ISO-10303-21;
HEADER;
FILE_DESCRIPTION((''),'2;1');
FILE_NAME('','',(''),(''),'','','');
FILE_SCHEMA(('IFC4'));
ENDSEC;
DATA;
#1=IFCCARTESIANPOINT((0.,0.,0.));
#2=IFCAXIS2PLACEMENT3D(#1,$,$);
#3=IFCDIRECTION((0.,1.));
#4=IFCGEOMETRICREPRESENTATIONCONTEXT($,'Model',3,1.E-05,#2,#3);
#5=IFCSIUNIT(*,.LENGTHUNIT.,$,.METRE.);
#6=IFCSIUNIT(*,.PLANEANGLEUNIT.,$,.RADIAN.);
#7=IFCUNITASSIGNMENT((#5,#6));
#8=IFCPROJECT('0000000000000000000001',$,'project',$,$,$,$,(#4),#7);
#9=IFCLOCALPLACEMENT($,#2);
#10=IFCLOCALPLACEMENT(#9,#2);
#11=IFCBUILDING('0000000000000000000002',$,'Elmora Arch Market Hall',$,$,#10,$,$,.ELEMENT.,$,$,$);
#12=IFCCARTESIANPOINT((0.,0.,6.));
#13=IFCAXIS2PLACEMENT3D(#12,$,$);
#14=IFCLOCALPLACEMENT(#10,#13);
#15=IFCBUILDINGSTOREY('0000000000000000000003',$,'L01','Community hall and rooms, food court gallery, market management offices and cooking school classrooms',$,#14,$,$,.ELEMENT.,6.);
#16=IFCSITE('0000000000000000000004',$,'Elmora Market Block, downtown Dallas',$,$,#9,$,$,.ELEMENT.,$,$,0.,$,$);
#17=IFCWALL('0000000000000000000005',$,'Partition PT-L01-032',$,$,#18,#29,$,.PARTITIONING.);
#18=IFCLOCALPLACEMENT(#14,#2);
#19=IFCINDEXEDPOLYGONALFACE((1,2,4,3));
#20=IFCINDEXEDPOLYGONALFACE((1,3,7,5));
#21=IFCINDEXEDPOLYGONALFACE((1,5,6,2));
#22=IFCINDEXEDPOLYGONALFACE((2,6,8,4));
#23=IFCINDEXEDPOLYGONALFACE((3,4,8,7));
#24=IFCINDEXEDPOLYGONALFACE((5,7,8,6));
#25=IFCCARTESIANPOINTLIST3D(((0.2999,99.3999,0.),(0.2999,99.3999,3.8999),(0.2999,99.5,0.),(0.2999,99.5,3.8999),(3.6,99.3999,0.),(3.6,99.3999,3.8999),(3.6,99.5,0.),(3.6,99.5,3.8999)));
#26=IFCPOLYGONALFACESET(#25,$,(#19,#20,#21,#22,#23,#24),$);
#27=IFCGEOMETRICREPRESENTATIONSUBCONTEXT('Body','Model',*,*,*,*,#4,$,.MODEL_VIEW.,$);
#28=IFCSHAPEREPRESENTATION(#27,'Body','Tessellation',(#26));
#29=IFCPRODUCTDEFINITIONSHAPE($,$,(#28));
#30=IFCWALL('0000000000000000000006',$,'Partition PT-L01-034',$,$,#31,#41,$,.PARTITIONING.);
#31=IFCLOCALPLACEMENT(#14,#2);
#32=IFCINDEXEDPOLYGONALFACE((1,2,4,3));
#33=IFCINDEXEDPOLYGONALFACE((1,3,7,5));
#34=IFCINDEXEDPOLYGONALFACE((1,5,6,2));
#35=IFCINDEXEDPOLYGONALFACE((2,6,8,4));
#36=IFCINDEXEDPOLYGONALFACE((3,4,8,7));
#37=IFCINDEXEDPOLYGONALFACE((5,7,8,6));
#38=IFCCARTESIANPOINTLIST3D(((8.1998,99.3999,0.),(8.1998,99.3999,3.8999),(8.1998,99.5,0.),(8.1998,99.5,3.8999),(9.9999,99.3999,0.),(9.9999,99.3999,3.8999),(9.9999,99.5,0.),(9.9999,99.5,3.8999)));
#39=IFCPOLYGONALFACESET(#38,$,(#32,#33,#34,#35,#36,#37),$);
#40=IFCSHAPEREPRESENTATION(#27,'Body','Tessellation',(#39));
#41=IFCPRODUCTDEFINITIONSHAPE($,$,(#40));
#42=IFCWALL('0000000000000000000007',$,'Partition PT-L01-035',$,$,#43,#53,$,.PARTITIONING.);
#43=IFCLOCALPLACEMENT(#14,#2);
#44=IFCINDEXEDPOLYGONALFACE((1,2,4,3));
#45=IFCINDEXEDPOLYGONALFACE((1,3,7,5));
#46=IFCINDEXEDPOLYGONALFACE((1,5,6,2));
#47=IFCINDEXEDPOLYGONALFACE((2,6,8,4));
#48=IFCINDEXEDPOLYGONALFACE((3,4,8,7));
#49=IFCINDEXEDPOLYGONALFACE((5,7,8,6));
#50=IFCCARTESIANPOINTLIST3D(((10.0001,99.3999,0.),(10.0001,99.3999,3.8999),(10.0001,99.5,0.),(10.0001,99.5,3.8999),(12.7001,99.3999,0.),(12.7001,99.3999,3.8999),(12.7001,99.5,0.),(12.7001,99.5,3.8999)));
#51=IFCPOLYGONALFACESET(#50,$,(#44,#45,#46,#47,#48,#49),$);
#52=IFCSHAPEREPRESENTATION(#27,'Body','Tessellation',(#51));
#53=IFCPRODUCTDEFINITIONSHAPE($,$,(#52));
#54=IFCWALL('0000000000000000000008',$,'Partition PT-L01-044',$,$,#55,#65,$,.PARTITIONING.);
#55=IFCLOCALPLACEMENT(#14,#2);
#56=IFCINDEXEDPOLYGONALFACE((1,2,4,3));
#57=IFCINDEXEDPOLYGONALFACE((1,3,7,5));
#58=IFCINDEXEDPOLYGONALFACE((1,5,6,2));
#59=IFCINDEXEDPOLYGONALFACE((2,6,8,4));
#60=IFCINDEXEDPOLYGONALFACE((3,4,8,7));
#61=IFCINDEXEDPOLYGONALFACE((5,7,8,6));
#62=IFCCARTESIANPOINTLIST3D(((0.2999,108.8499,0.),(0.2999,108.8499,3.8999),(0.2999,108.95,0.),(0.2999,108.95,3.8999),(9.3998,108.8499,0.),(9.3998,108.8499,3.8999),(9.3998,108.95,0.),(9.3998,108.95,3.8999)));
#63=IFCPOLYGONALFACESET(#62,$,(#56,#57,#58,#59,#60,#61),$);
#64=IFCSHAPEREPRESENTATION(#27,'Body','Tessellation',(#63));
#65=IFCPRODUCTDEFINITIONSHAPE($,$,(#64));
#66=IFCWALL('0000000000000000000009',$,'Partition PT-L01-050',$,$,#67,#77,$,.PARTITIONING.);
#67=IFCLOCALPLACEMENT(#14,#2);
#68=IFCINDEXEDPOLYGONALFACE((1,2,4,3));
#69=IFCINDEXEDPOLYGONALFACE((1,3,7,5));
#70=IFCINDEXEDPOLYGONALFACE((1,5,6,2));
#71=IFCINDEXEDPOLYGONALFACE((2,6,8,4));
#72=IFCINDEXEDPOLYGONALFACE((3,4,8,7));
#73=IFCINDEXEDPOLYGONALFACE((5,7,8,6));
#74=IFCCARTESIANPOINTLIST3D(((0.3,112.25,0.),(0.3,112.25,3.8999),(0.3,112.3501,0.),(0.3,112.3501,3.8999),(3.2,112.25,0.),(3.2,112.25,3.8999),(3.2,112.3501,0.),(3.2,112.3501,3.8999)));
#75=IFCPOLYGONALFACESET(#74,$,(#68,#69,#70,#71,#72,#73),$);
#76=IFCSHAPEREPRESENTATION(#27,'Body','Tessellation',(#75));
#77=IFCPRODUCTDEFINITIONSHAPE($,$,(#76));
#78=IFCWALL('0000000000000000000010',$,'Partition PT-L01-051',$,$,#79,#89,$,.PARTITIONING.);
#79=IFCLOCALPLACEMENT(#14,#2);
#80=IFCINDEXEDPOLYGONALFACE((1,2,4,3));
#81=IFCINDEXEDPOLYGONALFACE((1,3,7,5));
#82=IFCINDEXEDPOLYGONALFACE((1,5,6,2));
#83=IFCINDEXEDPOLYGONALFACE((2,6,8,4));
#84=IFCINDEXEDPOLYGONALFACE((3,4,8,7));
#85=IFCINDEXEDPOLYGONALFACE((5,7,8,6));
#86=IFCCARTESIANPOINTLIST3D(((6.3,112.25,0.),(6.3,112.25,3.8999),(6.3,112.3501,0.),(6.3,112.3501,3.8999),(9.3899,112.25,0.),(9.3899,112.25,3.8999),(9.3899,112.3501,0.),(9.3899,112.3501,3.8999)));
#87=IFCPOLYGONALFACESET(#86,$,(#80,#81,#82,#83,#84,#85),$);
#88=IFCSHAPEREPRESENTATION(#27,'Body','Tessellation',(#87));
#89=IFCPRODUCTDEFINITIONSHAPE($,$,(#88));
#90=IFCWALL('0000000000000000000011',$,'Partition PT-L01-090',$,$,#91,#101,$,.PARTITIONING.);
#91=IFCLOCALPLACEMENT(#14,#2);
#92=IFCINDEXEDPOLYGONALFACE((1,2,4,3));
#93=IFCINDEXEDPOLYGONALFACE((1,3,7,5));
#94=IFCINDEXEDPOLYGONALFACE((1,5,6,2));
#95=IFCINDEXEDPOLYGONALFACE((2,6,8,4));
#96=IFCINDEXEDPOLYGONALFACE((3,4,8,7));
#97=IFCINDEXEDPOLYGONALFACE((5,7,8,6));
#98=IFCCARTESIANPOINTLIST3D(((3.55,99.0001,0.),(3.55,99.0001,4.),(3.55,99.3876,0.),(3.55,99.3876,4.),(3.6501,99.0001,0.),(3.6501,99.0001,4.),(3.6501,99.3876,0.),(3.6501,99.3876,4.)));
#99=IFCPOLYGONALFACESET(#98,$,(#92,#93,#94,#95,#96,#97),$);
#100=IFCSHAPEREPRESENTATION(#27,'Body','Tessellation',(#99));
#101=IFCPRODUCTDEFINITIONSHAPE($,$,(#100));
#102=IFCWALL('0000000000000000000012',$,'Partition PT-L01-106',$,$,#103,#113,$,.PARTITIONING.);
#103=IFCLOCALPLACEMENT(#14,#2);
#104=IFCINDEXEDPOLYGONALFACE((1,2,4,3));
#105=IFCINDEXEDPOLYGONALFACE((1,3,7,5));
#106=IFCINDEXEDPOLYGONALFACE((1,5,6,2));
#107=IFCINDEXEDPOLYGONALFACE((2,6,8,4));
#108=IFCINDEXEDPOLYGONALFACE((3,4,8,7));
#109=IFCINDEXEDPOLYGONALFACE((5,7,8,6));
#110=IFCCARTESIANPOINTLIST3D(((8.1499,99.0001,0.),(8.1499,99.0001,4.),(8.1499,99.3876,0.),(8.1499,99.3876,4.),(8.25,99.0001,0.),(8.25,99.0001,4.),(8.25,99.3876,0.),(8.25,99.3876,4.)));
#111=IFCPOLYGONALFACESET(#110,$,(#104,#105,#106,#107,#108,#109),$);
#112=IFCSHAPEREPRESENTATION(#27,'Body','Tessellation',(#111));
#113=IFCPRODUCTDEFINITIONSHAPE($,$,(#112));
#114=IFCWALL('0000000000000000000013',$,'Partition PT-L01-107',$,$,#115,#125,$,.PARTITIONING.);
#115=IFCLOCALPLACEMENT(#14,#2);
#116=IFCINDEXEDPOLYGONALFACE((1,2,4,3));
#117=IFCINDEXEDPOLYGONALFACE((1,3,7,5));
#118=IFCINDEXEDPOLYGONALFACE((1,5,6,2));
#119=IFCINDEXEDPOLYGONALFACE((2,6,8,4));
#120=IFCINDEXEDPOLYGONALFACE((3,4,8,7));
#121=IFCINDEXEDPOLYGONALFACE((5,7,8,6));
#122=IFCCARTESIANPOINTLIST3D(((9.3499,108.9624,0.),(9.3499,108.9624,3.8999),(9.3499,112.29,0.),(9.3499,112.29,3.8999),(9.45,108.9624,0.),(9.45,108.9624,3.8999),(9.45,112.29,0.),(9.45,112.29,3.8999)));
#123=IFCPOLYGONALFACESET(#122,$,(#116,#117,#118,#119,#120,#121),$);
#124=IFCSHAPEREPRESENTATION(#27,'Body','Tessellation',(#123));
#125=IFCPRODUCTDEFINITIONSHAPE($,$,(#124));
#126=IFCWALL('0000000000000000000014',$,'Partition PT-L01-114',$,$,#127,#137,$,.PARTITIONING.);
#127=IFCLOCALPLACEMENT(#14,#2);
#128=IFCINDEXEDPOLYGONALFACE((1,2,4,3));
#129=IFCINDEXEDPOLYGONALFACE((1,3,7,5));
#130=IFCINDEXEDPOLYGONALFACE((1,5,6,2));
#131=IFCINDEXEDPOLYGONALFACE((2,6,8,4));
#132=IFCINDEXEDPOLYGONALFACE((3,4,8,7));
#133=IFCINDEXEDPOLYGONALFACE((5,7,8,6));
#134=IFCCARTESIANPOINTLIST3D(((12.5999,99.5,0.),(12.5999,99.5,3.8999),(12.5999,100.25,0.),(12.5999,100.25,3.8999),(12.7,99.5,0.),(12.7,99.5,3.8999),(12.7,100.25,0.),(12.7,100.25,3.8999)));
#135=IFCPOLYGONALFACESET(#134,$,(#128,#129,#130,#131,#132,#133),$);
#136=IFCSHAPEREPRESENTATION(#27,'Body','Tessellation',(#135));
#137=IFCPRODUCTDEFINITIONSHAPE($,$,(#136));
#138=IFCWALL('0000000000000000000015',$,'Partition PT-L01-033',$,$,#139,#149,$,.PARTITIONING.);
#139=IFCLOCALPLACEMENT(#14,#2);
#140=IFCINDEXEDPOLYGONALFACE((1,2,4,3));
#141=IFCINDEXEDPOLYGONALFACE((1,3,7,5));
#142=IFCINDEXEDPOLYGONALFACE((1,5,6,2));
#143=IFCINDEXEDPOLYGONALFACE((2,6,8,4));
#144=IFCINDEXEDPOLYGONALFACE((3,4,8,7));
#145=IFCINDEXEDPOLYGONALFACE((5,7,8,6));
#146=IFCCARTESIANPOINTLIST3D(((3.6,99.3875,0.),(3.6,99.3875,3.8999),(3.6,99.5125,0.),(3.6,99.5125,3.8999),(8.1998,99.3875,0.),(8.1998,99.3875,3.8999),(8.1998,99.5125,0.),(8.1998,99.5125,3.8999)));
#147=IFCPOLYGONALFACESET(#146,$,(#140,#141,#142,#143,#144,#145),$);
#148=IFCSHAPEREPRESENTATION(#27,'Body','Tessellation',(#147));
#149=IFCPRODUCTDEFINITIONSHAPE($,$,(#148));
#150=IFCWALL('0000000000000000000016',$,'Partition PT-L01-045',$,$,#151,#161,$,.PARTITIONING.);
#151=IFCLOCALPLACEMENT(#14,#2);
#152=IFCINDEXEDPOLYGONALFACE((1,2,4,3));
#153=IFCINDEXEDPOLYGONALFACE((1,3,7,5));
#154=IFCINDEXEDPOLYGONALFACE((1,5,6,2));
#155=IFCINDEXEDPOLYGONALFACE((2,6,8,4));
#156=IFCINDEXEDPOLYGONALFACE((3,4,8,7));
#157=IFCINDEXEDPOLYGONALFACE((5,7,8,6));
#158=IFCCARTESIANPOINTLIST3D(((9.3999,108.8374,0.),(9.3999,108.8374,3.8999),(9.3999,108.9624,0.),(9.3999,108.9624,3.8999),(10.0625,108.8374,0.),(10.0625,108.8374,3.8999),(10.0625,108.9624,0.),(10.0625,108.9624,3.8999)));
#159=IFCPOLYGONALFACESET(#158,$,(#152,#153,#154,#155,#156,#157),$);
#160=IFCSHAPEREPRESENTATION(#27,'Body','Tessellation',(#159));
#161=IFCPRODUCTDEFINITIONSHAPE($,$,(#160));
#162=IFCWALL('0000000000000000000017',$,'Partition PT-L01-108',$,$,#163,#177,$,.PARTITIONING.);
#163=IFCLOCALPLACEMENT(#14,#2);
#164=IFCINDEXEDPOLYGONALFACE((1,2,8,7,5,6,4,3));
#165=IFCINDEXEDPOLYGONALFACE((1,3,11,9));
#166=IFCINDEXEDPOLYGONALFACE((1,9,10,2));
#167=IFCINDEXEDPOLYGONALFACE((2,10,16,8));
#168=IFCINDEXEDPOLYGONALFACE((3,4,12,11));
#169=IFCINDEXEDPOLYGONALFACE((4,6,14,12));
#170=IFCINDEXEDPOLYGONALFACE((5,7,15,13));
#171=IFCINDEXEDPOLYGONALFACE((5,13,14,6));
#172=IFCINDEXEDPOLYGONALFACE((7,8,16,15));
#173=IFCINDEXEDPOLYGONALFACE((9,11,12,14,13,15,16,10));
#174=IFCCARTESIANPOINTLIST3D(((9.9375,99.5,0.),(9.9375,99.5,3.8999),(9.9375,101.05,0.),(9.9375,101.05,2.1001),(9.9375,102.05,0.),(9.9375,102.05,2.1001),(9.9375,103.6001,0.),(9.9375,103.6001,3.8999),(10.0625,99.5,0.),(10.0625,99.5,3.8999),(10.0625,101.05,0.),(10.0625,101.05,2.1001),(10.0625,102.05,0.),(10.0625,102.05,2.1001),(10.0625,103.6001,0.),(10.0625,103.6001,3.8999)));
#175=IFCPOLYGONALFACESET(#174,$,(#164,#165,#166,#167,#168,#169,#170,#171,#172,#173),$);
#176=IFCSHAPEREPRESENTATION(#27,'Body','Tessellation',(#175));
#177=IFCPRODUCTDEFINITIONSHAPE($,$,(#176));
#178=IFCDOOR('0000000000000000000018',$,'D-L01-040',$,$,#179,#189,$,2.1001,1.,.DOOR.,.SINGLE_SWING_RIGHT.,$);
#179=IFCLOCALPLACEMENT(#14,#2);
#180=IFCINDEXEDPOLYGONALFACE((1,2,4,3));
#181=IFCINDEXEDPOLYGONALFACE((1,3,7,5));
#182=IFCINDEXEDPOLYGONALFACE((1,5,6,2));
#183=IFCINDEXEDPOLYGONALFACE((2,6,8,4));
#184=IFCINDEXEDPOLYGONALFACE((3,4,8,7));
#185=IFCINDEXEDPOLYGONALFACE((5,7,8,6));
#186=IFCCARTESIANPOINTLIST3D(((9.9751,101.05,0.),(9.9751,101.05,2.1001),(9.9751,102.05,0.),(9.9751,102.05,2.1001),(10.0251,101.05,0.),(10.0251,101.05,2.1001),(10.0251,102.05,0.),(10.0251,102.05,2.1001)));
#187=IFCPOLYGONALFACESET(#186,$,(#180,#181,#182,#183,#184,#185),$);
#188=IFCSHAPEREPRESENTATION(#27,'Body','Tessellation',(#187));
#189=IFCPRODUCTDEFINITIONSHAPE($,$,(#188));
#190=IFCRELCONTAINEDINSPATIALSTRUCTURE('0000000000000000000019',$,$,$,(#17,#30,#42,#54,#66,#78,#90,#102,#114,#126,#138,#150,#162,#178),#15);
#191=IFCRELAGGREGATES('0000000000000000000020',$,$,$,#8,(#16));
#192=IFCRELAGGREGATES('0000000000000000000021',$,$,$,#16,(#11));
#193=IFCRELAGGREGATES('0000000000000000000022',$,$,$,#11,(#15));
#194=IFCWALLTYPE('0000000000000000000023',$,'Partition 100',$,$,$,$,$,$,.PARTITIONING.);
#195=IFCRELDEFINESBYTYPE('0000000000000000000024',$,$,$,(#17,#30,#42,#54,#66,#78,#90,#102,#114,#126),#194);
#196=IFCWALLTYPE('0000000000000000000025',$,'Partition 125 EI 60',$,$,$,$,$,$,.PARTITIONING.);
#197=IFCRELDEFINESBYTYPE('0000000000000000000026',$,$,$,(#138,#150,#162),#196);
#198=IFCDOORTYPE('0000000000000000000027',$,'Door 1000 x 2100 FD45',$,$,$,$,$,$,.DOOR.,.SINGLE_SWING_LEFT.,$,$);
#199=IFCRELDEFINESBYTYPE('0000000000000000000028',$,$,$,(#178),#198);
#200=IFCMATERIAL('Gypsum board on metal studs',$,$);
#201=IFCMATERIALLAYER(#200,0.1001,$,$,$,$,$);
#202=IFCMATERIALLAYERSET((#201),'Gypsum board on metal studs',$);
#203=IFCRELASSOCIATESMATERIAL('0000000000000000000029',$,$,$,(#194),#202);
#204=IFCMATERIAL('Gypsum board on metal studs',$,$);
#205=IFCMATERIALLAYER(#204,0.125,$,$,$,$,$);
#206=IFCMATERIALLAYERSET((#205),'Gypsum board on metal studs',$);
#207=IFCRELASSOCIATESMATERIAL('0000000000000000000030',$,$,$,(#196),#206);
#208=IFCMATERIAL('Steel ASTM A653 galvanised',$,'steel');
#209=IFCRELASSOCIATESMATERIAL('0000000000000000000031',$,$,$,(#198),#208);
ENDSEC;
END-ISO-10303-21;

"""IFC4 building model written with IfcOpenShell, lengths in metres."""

from ifc_helpers import new_model, si_unit, direction, frame, frame_2d, origin, place, context, subcontext, project, spatial, rectangle, extrude, material, layer, layer_set, type_object, element, fill, save


model = new_model("IFC4")

# Units and contexts
model_context = context("Model", 3, precision=1e-05, world=origin(), true_north=direction((0.0, 1.0)))
body_context = subcontext(model_context, "Body", "Model", "MODEL_VIEW")
ifc_project = project(units=[si_unit("LENGTHUNIT", "METRE"), si_unit("PLANEANGLEUNIT", "RADIAN")], contexts=[model_context])

# Site, building, storey
site_placement = place(None, origin())
site = spatial("IfcSite", under=ifc_project, at=site_placement, Name="Elmora Market Block, downtown Dallas", CompositionType="ELEMENT", RefElevation=0.0)
building_placement = place(site_placement, origin())
building = spatial("IfcBuilding", under=site, at=building_placement, Name="Elmora Arch Market Hall", CompositionType="ELEMENT")
storey_placement = place(building_placement, frame((0.0, 0.0, 6.0)))
storey = spatial("IfcBuildingStorey", under=building, at=storey_placement, Name="L01", Description="Community hall and rooms, food court gallery, market management offices and cooking school classrooms", CompositionType="ELEMENT", Elevation=6.0)

# Walls
ifc_material_1 = material(Name="Gypsum board on metal studs")
ifc_layer_1 = layer(ifc_material_1, 0.1001)
ifc_layer_set_1 = layer_set([ifc_layer_1], Name="Gypsum board on metal studs")
wall_type_1 = type_object("IfcWallType", Name="Partition 100", PredefinedType="PARTITIONING", material=ifc_layer_set_1)
wall_1_placement = place(storey_placement, frame((0.3, 99.45, 0.0), z_axis=(0.0, 0.0, 1.0), x_axis=(1.0, 0.0, 0.0)))
element("IfcWall", 1, at=wall_1_placement, inside=storey, type_object=wall_type_1, Name="Partition PT-L01-032", PredefinedType="PARTITIONING", context=body_context, shape_type="SweptSolid", body=[
    extrude(rectangle(XDim=3.3, YDim=0.1001, at=frame_2d((1.6499, 0.0))), origin(), (0.0, 0.0, 1.0), 3.8999),
])
wall_2_placement = place(storey_placement, frame((8.2, 99.45, 0.0), z_axis=(0.0, 0.0, 1.0), x_axis=(1.0, 0.0, 0.0)))
element("IfcWall", 2, at=wall_2_placement, inside=storey, type_object=wall_type_1, Name="Partition PT-L01-034", PredefinedType="PARTITIONING", context=body_context, shape_type="SweptSolid", body=[
    extrude(rectangle(XDim=1.8, YDim=0.1001, at=frame_2d((0.8999, 0.0))), origin(), (0.0, 0.0, 1.0), 3.8999),
])
wall_3_placement = place(storey_placement, frame((10.0, 99.45, 0.0), z_axis=(0.0, 0.0, 1.0), x_axis=(1.0, 0.0, 0.0)))
element("IfcWall", 3, at=wall_3_placement, inside=storey, type_object=wall_type_1, Name="Partition PT-L01-035", PredefinedType="PARTITIONING", context=body_context, shape_type="SweptSolid", body=[
    extrude(rectangle(XDim=2.7, YDim=0.1001, at=frame_2d((1.3501, 0.0))), origin(), (0.0, 0.0, 1.0), 3.8999),
])
wall_4_placement = place(storey_placement, frame((0.3, 108.8999, 0.0), z_axis=(0.0, 0.0, 1.0), x_axis=(1.0, 0.0, 0.0)))
element("IfcWall", 4, at=wall_4_placement, inside=storey, type_object=wall_type_1, Name="Partition PT-L01-044", PredefinedType="PARTITIONING", context=body_context, shape_type="SweptSolid", body=[
    extrude(rectangle(XDim=9.0999, YDim=0.1001, at=frame_2d((4.5498, 0.0))), origin(), (0.0, 0.0, 1.0), 3.8999),
])
wall_5_placement = place(storey_placement, frame((0.3, 112.3, 0.0), z_axis=(0.0, 0.0, 1.0), x_axis=(1.0, 0.0, 0.0)))
element("IfcWall", 5, at=wall_5_placement, inside=storey, type_object=wall_type_1, Name="Partition PT-L01-050", PredefinedType="PARTITIONING", context=body_context, shape_type="SweptSolid", body=[
    extrude(rectangle(XDim=2.8999, YDim=0.1001, at=frame_2d((1.45, 0.0))), origin(), (0.0, 0.0, 1.0), 3.8999),
])
wall_6_placement = place(storey_placement, frame((6.3, 112.3, 0.0), z_axis=(0.0, 0.0, 1.0), x_axis=(1.0, 0.0, 0.0)))
element("IfcWall", 6, at=wall_6_placement, inside=storey, type_object=wall_type_1, Name="Partition PT-L01-051", PredefinedType="PARTITIONING", context=body_context, shape_type="SweptSolid", body=[
    extrude(rectangle(XDim=3.0898, YDim=0.1001, at=frame_2d((1.5449, 0.0))), origin(), (0.0, 0.0, 1.0), 3.8999),
])
for number, where, z_axis, x_axis, name in (
    (7, (3.6001, 99.0, 0.0), (0.0, 0.0, 1.0), (0.0, 1.0, 0.0), "Partition PT-L01-090"),
    (8, (8.2, 99.0, 0.0), (0.0, 0.0, 1.0), (0.0, 1.0, 0.0), "Partition PT-L01-106"),
):
    element("IfcWall", number, at=place(storey_placement, frame(where, z_axis=z_axis, x_axis=x_axis)), inside=storey, type_object=wall_type_1, Name=name, PredefinedType="PARTITIONING", context=body_context, shape_type="SweptSolid", body=[
        extrude(rectangle(XDim=0.3875, YDim=0.1001, at=frame_2d((0.1938, 0.0))), origin(), (0.0, 0.0, 1.0), 4.0),
    ])
wall_7_placement = place(storey_placement, frame((9.3999, 108.9624, 0.0), z_axis=(0.0, 0.0, 1.0), x_axis=(0.0, 1.0, 0.0)))
element("IfcWall", 9, at=wall_7_placement, inside=storey, type_object=wall_type_1, Name="Partition PT-L01-107", PredefinedType="PARTITIONING", context=body_context, shape_type="SweptSolid", body=[
    extrude(rectangle(XDim=3.3276, YDim=0.1001, at=frame_2d((1.6638, 0.0))), origin(), (0.0, 0.0, 1.0), 3.8999),
])
wall_8_placement = place(storey_placement, frame((12.6499, 99.5, 0.0), z_axis=(0.0, 0.0, 1.0), x_axis=(0.0, 1.0, 0.0)))
element("IfcWall", 10, at=wall_8_placement, inside=storey, type_object=wall_type_1, Name="Partition PT-L01-114", PredefinedType="PARTITIONING", context=body_context, shape_type="SweptSolid", body=[
    extrude(rectangle(XDim=0.75, YDim=0.1001, at=frame_2d((0.375, 0.0))), origin(), (0.0, 0.0, 1.0), 3.8999),
])
ifc_material_2 = material(Name="Gypsum board on metal studs")
ifc_layer_2 = layer(ifc_material_2, 0.125)
ifc_layer_set_2 = layer_set([ifc_layer_2], Name="Gypsum board on metal studs")
wall_type_2 = type_object("IfcWallType", Name="Partition 125 EI 60", PredefinedType="PARTITIONING", material=ifc_layer_set_2)
wall_9_placement = place(storey_placement, frame((3.6001, 99.45, 0.0), z_axis=(0.0, 0.0, 1.0), x_axis=(1.0, 0.0, 0.0)))
element("IfcWall", 11, at=wall_9_placement, inside=storey, type_object=wall_type_2, Name="Partition PT-L01-033", PredefinedType="PARTITIONING", context=body_context, shape_type="SweptSolid", body=[
    extrude(rectangle(XDim=4.5999, YDim=0.125, at=frame_2d((2.2998, 0.0))), origin(), (0.0, 0.0, 1.0), 3.8999),
])
wall_10_placement = place(storey_placement, frame((9.3999, 108.8999, 0.0), z_axis=(0.0, 0.0, 1.0), x_axis=(1.0, 0.0, 0.0)))
element("IfcWall", 12, at=wall_10_placement, inside=storey, type_object=wall_type_2, Name="Partition PT-L01-045", PredefinedType="PARTITIONING", context=body_context, shape_type="SweptSolid", body=[
    extrude(rectangle(XDim=0.6626, YDim=0.125, at=frame_2d((0.3313, 0.0))), origin(), (0.0, 0.0, 1.0), 3.8999),
])

# Wall, opening, door
wall_11_placement = place(storey_placement, frame((10.0, 99.5, 0.0), z_axis=(0.0, 0.0, 1.0), x_axis=(0.0, 1.0, 0.0)))
wall_11 = element("IfcWall", 13, at=wall_11_placement, inside=storey, type_object=wall_type_2, Name="Partition PT-L01-108", PredefinedType="PARTITIONING", context=body_context, shape_type="SweptSolid", body=[
    extrude(rectangle(XDim=4.1001, YDim=0.125, at=frame_2d((2.05, 0.0))), origin(), (0.0, 0.0, 1.0), 3.8999),
])
opening_1_placement = place(wall_11_placement, frame((1.55, 0.0, 0.0)))
opening_1 = element("IfcOpeningElement", 14, at=opening_1_placement, cuts=wall_11, PredefinedType="OPENING", context=body_context, shape_type="SweptSolid", body=[
    extrude(rectangle(XDim=1.0, YDim=2.1001, at=frame_2d((0.5, 1.05))), frame((0.0, 0.0725, 0.0), z_axis=(0.0, -1.0, 0.0), x_axis=(1.0, 0.0, 0.0)), (0.0, 0.0, 1.0), 0.145),
])
ifc_material_3 = material(Name="Steel ASTM A653 galvanised", Category="steel")
door_type_1 = type_object("IfcDoorType", Name="Door 1000 x 2100 FD45", OperationType="SINGLE_SWING_LEFT", PredefinedType="DOOR", material=ifc_material_3)
door_1_placement = place(opening_1_placement, origin())
door_1 = element("IfcDoor", 15, at=door_1_placement, inside=storey, type_object=door_type_1, Name="D-L01-040", OperationType="SINGLE_SWING_RIGHT", OverallHeight=2.1001, OverallWidth=1.0, PredefinedType="DOOR", context=body_context, shape_type="SweptSolid", body=[
    extrude(rectangle(XDim=1.0, YDim=2.1001, at=frame_2d((0.5, 1.05))), frame((0.0, 0.0249, 0.0), z_axis=(0.0, -1.0, 0.0), x_axis=(1.0, 0.0, 0.0)), (0.0, 0.0, 1.0), 0.05),
])
fill(opening_1, door_1)

save(model, "model.ifc")
